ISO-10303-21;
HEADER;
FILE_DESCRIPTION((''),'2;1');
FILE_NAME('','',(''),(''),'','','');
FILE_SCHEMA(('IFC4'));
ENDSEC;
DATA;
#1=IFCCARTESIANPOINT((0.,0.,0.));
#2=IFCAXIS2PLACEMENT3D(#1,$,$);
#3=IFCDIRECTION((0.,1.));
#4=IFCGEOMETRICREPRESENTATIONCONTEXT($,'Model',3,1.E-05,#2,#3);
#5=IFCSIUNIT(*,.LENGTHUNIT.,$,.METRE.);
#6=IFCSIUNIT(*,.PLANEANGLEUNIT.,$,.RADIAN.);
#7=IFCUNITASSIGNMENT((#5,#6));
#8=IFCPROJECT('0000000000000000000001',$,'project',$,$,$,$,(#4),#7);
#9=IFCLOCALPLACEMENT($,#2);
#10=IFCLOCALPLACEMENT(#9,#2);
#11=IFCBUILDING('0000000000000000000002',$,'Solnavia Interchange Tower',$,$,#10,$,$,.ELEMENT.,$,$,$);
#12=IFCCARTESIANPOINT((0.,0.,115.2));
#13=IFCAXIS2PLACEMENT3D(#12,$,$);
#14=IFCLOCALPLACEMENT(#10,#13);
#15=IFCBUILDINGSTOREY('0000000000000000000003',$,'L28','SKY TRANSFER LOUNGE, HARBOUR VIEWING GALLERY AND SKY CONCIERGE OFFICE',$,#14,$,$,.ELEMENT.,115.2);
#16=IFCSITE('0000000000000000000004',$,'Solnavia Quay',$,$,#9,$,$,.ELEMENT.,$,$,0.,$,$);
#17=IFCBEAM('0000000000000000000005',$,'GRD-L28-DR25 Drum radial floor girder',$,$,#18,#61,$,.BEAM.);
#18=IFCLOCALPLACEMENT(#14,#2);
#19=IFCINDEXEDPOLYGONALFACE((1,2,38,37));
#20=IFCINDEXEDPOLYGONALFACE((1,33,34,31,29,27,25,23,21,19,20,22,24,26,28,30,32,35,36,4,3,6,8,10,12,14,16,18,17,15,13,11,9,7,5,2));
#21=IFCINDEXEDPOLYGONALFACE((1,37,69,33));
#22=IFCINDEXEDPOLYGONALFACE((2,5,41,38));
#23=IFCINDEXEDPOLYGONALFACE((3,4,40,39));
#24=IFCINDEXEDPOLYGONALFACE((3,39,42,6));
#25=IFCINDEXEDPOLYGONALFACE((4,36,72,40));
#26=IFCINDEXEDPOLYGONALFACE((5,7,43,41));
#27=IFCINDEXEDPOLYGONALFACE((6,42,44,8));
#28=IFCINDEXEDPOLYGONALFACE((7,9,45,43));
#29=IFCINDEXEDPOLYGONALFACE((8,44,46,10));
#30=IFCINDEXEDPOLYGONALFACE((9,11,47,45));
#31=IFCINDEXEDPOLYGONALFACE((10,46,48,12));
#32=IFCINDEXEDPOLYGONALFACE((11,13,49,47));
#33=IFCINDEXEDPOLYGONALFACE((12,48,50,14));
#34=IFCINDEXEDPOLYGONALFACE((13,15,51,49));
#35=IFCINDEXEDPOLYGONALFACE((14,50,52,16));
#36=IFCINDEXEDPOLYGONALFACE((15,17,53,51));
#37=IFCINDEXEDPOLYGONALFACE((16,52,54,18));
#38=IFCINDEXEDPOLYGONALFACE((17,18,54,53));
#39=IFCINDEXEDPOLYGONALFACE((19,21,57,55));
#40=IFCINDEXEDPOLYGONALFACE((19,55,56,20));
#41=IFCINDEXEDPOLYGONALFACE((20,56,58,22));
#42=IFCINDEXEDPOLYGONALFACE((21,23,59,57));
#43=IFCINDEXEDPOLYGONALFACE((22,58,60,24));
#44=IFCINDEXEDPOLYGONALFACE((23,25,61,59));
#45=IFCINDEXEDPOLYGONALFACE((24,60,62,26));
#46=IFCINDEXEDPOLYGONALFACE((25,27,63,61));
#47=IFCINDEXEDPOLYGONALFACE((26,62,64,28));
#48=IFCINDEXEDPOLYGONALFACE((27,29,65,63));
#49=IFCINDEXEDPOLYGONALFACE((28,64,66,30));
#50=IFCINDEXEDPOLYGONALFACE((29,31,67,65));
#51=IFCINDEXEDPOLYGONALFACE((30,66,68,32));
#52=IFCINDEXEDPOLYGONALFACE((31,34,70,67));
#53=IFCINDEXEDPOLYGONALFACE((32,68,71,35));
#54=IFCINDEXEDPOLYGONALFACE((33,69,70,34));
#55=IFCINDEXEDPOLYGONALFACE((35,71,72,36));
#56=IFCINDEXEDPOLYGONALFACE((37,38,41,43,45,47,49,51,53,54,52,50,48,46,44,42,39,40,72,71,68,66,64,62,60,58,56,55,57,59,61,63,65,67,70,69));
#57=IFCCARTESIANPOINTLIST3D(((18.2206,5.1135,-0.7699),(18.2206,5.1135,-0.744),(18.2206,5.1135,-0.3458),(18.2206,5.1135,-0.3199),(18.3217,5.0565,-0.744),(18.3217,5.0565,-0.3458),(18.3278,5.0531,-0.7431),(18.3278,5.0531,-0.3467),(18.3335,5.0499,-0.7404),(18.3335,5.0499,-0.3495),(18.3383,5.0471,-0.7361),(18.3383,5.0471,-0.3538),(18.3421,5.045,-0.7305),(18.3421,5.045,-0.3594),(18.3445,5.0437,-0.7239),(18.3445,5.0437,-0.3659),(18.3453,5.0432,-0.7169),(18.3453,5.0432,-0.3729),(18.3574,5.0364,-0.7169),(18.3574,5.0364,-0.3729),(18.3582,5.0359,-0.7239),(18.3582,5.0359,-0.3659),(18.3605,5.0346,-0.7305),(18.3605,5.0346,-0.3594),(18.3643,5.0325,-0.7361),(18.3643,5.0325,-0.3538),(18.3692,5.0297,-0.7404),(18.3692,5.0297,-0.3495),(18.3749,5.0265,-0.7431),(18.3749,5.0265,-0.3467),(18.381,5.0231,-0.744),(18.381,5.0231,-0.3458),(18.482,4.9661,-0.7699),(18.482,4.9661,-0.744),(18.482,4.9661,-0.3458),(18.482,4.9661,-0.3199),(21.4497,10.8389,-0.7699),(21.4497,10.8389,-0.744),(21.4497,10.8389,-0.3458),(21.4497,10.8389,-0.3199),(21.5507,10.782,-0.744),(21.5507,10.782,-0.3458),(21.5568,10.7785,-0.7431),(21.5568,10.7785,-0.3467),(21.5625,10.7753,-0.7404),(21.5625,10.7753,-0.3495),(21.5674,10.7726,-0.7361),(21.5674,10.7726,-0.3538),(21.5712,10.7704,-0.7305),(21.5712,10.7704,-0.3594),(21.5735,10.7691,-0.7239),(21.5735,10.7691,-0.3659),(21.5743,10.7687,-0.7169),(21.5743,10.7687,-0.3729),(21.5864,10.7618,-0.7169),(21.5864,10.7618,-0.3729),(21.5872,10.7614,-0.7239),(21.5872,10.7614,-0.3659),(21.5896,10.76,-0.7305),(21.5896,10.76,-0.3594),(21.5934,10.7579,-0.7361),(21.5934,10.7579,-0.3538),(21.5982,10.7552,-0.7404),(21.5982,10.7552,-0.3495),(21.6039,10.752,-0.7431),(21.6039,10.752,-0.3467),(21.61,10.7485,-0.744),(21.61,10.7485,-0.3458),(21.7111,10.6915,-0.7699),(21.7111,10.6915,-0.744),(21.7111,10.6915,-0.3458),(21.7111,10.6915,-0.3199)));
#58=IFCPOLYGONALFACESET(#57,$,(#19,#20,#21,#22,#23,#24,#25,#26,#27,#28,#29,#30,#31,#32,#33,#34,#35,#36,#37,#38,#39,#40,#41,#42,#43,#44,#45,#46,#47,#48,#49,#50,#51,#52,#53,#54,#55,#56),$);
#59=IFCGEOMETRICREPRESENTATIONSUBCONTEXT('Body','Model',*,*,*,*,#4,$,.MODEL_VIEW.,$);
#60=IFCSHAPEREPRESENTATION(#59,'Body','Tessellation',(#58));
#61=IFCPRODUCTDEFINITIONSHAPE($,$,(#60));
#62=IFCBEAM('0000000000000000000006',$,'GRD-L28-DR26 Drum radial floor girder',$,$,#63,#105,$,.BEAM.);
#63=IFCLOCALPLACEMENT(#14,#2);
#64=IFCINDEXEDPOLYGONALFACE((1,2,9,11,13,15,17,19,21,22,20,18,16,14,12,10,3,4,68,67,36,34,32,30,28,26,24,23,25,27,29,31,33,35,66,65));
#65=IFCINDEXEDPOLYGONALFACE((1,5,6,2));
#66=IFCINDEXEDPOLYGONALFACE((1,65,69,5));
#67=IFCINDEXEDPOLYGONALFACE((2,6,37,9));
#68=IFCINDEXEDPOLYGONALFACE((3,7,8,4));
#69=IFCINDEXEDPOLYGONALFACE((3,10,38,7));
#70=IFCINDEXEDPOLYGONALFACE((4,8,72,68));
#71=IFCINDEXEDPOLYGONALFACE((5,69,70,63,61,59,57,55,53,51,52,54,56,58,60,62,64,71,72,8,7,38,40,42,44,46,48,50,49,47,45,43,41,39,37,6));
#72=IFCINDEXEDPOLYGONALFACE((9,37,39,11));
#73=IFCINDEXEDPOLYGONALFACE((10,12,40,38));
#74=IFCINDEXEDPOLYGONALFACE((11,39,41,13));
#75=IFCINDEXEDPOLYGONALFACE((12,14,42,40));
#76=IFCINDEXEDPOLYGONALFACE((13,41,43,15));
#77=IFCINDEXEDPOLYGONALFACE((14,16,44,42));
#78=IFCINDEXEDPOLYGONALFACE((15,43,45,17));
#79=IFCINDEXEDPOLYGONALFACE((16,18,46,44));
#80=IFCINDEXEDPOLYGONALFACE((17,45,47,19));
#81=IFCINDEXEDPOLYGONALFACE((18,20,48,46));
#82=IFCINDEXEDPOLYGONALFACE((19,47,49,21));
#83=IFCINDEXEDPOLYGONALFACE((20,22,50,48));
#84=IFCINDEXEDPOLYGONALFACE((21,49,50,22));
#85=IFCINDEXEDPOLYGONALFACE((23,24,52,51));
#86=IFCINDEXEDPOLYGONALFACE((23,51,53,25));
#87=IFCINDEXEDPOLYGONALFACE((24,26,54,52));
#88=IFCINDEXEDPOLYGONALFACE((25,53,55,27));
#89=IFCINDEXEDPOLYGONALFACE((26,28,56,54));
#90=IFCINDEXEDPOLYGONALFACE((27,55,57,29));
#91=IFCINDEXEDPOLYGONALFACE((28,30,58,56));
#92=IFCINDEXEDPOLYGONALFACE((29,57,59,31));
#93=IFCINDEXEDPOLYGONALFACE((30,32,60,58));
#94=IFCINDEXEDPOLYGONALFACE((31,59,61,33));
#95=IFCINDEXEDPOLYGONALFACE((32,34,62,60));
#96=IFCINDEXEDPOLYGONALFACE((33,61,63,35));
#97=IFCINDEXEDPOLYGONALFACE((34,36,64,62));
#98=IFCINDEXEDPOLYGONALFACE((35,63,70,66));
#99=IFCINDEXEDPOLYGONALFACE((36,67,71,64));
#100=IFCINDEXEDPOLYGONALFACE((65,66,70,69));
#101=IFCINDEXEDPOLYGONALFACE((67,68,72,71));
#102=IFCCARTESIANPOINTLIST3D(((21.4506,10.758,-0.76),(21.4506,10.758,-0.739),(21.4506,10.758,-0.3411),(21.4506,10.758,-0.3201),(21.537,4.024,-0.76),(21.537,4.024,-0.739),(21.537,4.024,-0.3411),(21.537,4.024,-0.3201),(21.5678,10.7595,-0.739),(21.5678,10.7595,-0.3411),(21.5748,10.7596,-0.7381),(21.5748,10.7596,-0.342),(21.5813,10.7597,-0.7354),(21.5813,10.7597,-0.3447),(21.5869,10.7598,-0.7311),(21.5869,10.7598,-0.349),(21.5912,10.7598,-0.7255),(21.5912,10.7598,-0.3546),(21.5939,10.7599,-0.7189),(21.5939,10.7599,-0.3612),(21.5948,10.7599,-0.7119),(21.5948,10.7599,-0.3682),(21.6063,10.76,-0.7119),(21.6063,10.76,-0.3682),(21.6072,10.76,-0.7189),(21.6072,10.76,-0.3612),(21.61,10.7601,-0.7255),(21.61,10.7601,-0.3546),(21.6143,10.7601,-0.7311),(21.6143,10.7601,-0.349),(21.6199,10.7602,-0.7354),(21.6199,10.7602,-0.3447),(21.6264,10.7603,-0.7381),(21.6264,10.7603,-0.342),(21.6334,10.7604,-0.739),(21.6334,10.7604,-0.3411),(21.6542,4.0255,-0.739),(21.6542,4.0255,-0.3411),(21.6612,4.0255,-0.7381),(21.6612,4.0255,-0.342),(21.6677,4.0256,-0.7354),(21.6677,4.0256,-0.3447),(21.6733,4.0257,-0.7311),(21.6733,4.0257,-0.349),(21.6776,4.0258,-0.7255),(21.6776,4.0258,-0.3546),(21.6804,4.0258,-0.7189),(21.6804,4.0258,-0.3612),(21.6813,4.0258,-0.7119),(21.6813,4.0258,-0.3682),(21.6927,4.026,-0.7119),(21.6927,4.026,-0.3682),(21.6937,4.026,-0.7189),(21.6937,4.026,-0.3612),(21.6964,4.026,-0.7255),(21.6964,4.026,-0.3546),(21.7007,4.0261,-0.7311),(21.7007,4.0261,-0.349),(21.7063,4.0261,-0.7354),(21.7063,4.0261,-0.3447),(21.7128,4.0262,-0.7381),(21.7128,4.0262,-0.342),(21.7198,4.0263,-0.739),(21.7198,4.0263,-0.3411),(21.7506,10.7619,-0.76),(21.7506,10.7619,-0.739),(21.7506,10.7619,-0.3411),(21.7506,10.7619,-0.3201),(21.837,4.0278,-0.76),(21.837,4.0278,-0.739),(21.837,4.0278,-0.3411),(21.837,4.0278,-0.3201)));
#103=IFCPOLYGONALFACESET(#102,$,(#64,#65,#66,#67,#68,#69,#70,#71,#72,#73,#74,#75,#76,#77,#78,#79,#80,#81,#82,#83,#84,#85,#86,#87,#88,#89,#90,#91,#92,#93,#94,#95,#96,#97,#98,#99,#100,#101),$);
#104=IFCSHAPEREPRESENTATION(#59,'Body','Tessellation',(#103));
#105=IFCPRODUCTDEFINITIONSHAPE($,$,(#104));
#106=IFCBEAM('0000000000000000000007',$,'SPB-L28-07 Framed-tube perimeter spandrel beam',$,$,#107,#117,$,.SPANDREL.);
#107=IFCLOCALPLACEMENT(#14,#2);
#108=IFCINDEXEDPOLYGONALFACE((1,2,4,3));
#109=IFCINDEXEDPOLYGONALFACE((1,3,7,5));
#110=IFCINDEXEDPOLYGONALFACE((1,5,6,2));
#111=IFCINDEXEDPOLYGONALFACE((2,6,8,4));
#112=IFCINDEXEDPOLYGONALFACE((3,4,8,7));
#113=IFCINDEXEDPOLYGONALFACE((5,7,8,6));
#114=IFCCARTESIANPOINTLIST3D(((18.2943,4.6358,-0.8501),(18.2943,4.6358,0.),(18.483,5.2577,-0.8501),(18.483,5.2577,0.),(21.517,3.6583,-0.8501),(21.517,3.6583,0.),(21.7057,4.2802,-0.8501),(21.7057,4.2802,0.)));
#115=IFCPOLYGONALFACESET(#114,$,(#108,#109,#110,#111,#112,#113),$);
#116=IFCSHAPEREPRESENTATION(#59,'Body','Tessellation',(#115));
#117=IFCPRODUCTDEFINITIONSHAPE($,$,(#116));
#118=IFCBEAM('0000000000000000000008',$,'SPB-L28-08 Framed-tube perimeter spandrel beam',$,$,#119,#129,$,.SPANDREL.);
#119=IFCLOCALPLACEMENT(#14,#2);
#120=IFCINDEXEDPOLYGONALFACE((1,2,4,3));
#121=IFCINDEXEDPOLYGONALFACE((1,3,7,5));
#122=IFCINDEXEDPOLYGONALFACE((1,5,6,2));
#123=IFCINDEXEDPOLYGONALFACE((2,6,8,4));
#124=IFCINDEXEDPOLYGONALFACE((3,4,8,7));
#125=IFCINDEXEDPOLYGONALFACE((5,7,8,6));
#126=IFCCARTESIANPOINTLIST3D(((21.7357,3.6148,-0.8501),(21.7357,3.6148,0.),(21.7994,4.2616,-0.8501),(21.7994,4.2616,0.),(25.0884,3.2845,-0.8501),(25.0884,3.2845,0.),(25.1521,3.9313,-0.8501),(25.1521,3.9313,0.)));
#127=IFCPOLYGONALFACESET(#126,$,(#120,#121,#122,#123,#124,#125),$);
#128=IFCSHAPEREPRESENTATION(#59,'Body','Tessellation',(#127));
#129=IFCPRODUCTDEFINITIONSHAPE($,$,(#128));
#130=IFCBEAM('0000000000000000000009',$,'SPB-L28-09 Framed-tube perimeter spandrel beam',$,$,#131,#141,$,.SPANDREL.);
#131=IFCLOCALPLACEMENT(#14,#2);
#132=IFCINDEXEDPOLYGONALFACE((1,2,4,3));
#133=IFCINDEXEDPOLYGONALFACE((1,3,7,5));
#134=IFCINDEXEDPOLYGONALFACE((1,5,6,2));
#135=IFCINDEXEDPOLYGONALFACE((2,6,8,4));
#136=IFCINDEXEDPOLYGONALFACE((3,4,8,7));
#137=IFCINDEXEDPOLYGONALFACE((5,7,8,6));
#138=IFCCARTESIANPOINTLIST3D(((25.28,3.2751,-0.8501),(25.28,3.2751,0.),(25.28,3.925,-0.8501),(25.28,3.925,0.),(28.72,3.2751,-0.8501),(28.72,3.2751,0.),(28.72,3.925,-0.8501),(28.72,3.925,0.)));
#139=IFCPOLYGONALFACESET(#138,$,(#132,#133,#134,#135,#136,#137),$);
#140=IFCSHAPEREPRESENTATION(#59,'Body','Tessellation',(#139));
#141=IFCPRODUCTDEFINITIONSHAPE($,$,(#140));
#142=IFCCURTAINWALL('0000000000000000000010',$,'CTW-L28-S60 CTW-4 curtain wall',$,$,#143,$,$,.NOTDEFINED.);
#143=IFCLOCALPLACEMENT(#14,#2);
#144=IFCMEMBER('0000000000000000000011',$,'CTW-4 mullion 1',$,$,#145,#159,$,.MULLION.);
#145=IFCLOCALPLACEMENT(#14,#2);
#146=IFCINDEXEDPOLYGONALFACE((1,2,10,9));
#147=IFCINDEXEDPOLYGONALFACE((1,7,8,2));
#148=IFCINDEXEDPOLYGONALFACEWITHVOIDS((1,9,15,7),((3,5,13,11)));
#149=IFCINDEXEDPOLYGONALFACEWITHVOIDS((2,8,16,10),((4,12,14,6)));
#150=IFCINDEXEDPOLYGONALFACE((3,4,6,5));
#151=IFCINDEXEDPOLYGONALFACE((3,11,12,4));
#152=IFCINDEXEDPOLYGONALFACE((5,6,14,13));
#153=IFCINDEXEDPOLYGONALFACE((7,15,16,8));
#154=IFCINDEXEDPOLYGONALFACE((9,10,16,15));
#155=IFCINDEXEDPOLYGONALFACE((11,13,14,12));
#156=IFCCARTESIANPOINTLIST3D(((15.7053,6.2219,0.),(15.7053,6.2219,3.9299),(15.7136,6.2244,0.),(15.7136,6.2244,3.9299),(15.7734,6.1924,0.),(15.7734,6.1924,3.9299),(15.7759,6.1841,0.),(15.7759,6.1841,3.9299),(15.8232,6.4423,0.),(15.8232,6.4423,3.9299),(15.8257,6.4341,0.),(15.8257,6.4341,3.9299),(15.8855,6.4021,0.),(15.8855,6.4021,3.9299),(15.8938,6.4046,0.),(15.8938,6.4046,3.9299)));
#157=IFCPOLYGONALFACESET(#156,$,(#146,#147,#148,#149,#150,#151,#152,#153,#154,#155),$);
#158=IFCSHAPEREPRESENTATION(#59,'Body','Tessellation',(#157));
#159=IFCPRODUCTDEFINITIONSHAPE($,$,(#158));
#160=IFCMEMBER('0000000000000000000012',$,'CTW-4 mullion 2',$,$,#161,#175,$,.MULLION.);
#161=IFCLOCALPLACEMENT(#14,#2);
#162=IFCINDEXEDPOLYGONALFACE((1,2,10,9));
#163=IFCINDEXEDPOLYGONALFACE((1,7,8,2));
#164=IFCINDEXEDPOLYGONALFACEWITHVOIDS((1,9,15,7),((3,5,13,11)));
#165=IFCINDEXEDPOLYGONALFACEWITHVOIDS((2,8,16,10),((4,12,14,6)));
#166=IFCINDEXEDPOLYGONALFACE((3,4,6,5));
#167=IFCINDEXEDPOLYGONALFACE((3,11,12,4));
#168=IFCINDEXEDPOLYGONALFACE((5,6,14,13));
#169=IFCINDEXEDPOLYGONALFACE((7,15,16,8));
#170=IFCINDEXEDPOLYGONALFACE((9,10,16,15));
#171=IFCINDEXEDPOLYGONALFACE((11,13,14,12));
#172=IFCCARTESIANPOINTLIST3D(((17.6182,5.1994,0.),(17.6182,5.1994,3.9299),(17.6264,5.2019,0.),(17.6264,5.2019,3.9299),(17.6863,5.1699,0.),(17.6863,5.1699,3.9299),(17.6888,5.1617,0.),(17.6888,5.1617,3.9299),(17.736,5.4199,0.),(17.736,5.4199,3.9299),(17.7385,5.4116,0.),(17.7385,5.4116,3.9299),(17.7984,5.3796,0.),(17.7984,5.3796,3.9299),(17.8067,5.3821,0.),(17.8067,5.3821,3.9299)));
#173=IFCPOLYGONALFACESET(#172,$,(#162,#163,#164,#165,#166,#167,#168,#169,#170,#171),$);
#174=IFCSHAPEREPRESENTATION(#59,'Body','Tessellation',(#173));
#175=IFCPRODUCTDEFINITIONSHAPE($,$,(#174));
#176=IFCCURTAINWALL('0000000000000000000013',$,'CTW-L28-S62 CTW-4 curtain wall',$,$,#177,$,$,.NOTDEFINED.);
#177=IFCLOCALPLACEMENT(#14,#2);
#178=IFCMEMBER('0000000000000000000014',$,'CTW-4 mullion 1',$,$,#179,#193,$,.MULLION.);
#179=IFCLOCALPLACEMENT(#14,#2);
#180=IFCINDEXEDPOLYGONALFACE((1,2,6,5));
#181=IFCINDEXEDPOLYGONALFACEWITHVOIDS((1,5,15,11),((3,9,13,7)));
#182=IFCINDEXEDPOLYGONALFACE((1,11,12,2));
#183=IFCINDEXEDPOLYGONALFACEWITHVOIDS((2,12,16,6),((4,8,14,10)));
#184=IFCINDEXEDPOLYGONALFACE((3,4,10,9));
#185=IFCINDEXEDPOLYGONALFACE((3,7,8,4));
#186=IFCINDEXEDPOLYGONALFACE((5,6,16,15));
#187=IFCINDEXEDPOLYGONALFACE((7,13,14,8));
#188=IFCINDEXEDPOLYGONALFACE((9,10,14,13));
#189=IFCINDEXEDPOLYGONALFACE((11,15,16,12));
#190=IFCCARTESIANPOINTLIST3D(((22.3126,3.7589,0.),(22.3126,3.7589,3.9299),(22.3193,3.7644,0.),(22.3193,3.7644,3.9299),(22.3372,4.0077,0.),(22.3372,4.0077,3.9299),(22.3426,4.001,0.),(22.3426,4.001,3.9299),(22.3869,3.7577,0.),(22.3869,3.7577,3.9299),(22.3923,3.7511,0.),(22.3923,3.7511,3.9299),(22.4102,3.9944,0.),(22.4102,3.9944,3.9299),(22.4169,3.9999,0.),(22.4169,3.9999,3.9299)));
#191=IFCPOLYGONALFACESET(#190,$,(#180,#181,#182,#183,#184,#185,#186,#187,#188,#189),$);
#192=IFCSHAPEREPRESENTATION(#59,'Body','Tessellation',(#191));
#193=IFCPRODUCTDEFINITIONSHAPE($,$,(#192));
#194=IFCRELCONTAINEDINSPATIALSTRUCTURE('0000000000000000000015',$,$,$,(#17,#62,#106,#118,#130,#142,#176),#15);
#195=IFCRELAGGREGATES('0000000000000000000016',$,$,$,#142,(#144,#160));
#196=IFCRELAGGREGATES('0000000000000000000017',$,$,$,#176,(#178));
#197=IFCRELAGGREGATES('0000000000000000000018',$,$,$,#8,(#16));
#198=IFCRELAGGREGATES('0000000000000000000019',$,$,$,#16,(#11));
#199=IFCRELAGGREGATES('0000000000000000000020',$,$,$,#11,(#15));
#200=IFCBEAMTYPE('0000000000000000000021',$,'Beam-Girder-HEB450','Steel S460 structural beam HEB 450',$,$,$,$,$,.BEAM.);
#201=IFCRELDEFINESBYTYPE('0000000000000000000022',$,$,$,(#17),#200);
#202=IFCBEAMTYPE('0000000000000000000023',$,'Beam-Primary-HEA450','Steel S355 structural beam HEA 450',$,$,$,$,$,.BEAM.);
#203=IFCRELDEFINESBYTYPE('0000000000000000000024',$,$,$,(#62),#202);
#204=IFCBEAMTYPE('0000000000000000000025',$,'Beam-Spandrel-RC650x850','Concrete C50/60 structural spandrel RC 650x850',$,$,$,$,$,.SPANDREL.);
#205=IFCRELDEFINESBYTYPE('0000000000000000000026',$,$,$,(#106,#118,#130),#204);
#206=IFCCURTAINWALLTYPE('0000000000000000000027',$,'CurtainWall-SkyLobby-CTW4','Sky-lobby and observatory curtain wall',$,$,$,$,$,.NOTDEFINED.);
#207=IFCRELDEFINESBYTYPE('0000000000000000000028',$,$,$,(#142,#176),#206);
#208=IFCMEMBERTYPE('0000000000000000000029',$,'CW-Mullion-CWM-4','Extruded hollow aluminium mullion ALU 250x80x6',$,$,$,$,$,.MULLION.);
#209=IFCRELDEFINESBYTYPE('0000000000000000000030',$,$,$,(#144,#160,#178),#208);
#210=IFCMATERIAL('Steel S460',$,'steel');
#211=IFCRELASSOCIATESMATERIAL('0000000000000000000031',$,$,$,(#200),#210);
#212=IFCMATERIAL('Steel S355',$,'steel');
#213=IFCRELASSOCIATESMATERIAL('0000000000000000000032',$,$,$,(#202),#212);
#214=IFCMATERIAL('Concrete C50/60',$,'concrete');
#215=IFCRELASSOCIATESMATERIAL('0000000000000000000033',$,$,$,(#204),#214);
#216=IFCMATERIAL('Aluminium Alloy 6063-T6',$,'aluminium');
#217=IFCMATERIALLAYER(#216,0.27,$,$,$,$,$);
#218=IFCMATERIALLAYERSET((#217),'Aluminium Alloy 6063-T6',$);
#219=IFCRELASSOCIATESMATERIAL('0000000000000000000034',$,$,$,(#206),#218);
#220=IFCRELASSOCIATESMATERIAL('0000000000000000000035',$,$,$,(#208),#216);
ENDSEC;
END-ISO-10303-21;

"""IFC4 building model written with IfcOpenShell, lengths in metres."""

from ifc_helpers import new_model, si_unit, direction, frame, origin, origin_2d, place, context, subcontext, project, spatial, rectangle, hollow_rectangle, i_section, extrude, material, layer, layer_set, material_profile, profile_set, type_object, element, aggregate, save


model = new_model("IFC4")

# Units and contexts
model_context = context("Model", 3, precision=1e-05, world=origin(), true_north=direction((0.0, 1.0)))
body_context = subcontext(model_context, "Body", "Model", "MODEL_VIEW")
ifc_project = project(units=[si_unit("LENGTHUNIT", "METRE"), si_unit("PLANEANGLEUNIT", "RADIAN")], contexts=[model_context])

# Site, building, storey
site_placement = place(None, origin())
site = spatial("IfcSite", under=ifc_project, at=site_placement, Name="Solnavia Quay", CompositionType="ELEMENT", RefElevation=0.0)
building_placement = place(site_placement, origin())
building = spatial("IfcBuilding", under=site, at=building_placement, Name="Solnavia Interchange Tower", CompositionType="ELEMENT")
storey_placement = place(building_placement, frame((0.0, 0.0, 115.2)))
storey = spatial("IfcBuildingStorey", under=building, at=storey_placement, Name="L28", Description="SKY TRANSFER LOUNGE, HARBOUR VIEWING GALLERY AND SKY CONCIERGE OFFICE", CompositionType="ELEMENT", Elevation=115.2)

# Shared definitions
ifc_material_1 = material(Name="Steel S355", Category="steel")

# Beams
ifc_material_2 = material(Name="Steel S460", Category="steel")
ifc_material_profile_1 = material_profile(ifc_material_2, i_section(OverallWidth=0.3, OverallDepth=0.45, WebThickness=0.0139, FlangeThickness=0.0259, FilletRadius=0.0271, at=origin_2d()), Name="HEB 450")
ifc_profile_set_1 = profile_set([ifc_material_profile_1], Name="Steel S460")
beam_type_1 = type_object("IfcBeamType", Name="Beam-Girder-HEB450", Description="Steel S460 structural beam HEB 450", PredefinedType="BEAM", material=ifc_profile_set_1)
beam_1_placement = place(storey_placement, frame((18.3513, 5.0398, -0.5449), z_axis=(0.491243, 0.871022, 0.0), x_axis=(-0.871022, 0.491243, 0.0)))
element("IfcBeam", 1, at=beam_1_placement, inside=storey, type_object=beam_type_1, Name="GRD-L28-DR25 Drum radial floor girder", PredefinedType="BEAM", context=body_context, shape_type="SweptSolid", body=[
    extrude(i_section(OverallWidth=0.3, OverallDepth=0.45, WebThickness=0.0139, FlangeThickness=0.0259, FilletRadius=0.0271, at=origin_2d()), origin(), (0.0, 0.0, 1.0), 6.5732),
])
ifc_material_profile_2 = material_profile(ifc_material_1, i_section(OverallWidth=0.3, OverallDepth=0.4399, WebThickness=0.0115, FlangeThickness=0.021, FilletRadius=0.0271, at=origin_2d()), Name="HEA 450")
ifc_profile_set_2 = profile_set([ifc_material_profile_2], Name="Steel S355")
beam_type_2 = type_object("IfcBeamType", Name="Beam-Primary-HEA450", Description="Steel S355 structural beam HEA 450", PredefinedType="BEAM", material=ifc_profile_set_2)
beam_2_placement = place(storey_placement, frame((21.687, 4.0259, -0.54), z_axis=(-0.012833, 0.999918, 0.0), x_axis=(-0.999918, -0.012833, 0.0)))
element("IfcBeam", 2, at=beam_2_placement, inside=storey, type_object=beam_type_2, Name="GRD-L28-DR26 Drum radial floor girder", PredefinedType="BEAM", context=body_context, shape_type="SweptSolid", body=[
    extrude(i_section(OverallWidth=0.3, OverallDepth=0.4399, WebThickness=0.0115, FlangeThickness=0.021, FilletRadius=0.0271, at=origin_2d()), origin(), (0.0, 0.0, 1.0), 6.7346),
])
ifc_material_3 = material(Name="Concrete C50/60", Category="concrete")
ifc_material_profile_3 = material_profile(ifc_material_3, rectangle(XDim=0.6499, YDim=0.8501, at=origin_2d()), Name="RC 650x850")
ifc_profile_set_3 = profile_set([ifc_material_profile_3], Name="Concrete C50/60")
beam_type_3 = type_object("IfcBeamType", Name="Beam-Spandrel-RC650x850", Description="Concrete C50/60 structural spandrel RC 650x850", PredefinedType="SPANDREL", material=ifc_profile_set_3)
beam_3_placement = place(storey_placement, frame((18.3887, 4.9468, -0.425), z_axis=(0.956944, -0.290273, 0.0), x_axis=(0.290273, 0.956944, 0.0)))
element("IfcBeam", 3, at=beam_3_placement, inside=storey, type_object=beam_type_3, Name="SPB-L28-07 Framed-tube perimeter spandrel beam", PredefinedType="SPANDREL", context=body_context, shape_type="SweptSolid", body=[
    extrude(rectangle(XDim=0.6499, YDim=0.8501, at=origin_2d()), origin(), (0.0, 0.0, 1.0), 3.3677),
])
beam_4_placement = place(storey_placement, frame((21.7676, 3.9382, -0.425), z_axis=(0.995182, -0.098047, 0.0), x_axis=(0.098047, 0.995182, 0.0)))
element("IfcBeam", 4, at=beam_4_placement, inside=storey, type_object=beam_type_3, Name="SPB-L28-08 Framed-tube perimeter spandrel beam", PredefinedType="SPANDREL", context=body_context, shape_type="SweptSolid", body=[
    extrude(rectangle(XDim=0.6499, YDim=0.8501, at=origin_2d()), origin(), (0.0, 0.0, 1.0), 3.3689),
])
beam_5_placement = place(storey_placement, frame((25.28, 3.6001, -0.425), z_axis=(1.0, 0.0, 0.0), x_axis=(0.0, 1.0, 0.0)))
element("IfcBeam", 5, at=beam_5_placement, inside=storey, type_object=beam_type_3, Name="SPB-L28-09 Framed-tube perimeter spandrel beam", PredefinedType="SPANDREL", context=body_context, shape_type="SweptSolid", body=[
    extrude(rectangle(XDim=0.6499, YDim=0.8501, at=origin_2d()), origin(), (0.0, 0.0, 1.0), 3.4399),
])

# Curtain walls, members
ifc_material_4 = material(Name="Aluminium Alloy 6063-T6", Category="aluminium")
ifc_layer_1 = layer(ifc_material_4, 0.27)
ifc_layer_set_1 = layer_set([ifc_layer_1], Name="Aluminium Alloy 6063-T6")
curtain_wall_type = type_object("IfcCurtainWallType", Name="CurtainWall-SkyLobby-CTW4", Description="Sky-lobby and observatory curtain wall", PredefinedType="NOTDEFINED", material=ifc_layer_set_1)
curtain_wall_1_placement = place(storey_placement, origin())
curtain_wall_1 = element("IfcCurtainWall", 6, at=curtain_wall_1_placement, inside=storey, type_object=curtain_wall_type, Name="CTW-L28-S60 CTW-4 curtain wall", PredefinedType="NOTDEFINED")
ifc_material_profile_4 = material_profile(ifc_material_4, hollow_rectangle(XDim=0.0801, YDim=0.25, WallThickness=0.0061, at=origin_2d()), Name="ALU 250x80x6")
ifc_profile_set_4 = profile_set([ifc_material_profile_4], Name="Aluminium Alloy 6063-T6")
member_type_1 = type_object("IfcMemberType", Name="CW-Mullion-CWM-4", Description="Extruded hollow aluminium mullion ALU 250x80x6", PredefinedType="MULLION", material=ifc_profile_set_4)
member_1_placement = place(storey_placement, frame((15.7996, 6.3132, 0.0), z_axis=(0.0, 0.0, 1.0), x_axis=(0.881855, -0.47152, 0.0)))
member_1 = element("IfcMember", 7, at=member_1_placement, type_object=member_type_1, Name="CTW-4 mullion 1", PredefinedType="MULLION", context=body_context, shape_type="SweptSolid", body=[
    extrude(hollow_rectangle(XDim=0.0801, YDim=0.25, WallThickness=0.0061, at=origin_2d()), origin(), (0.0, 0.0, 1.0), 3.9299),
])
member_2_placement = place(storey_placement, frame((17.7124, 5.2908, 0.0), z_axis=(0.0, 0.0, 1.0), x_axis=(0.881855, -0.47152, 0.0)))
member_2 = element("IfcMember", 8, at=member_2_placement, type_object=member_type_1, Name="CTW-4 mullion 2", PredefinedType="MULLION", context=body_context, shape_type="SweptSolid", body=[
    extrude(hollow_rectangle(XDim=0.0801, YDim=0.25, WallThickness=0.0061, at=origin_2d()), origin(), (0.0, 0.0, 1.0), 3.9299),
])
curtain_wall_2_placement = place(storey_placement, origin())
curtain_wall_2 = element("IfcCurtainWall", 9, at=curtain_wall_2_placement, inside=storey, type_object=curtain_wall_type, Name="CTW-L28-S62 CTW-4 curtain wall", PredefinedType="NOTDEFINED")
member_3_placement = place(storey_placement, frame((22.3647, 3.8794, 0.0), z_axis=(0.0, 0.0, 1.0), x_axis=(0.995178, -0.098086, 0.0)))
member_3 = element("IfcMember", 10, at=member_3_placement, type_object=member_type_1, Name="CTW-4 mullion 1", PredefinedType="MULLION", context=body_context, shape_type="SweptSolid", body=[
    extrude(hollow_rectangle(XDim=0.0801, YDim=0.25, WallThickness=0.0061, at=origin_2d()), origin(), (0.0, 0.0, 1.0), 3.9299),
])

aggregate(curtain_wall_1, [member_1, member_2])
aggregate(curtain_wall_2, [member_3])

save(model, "model.ifc")
